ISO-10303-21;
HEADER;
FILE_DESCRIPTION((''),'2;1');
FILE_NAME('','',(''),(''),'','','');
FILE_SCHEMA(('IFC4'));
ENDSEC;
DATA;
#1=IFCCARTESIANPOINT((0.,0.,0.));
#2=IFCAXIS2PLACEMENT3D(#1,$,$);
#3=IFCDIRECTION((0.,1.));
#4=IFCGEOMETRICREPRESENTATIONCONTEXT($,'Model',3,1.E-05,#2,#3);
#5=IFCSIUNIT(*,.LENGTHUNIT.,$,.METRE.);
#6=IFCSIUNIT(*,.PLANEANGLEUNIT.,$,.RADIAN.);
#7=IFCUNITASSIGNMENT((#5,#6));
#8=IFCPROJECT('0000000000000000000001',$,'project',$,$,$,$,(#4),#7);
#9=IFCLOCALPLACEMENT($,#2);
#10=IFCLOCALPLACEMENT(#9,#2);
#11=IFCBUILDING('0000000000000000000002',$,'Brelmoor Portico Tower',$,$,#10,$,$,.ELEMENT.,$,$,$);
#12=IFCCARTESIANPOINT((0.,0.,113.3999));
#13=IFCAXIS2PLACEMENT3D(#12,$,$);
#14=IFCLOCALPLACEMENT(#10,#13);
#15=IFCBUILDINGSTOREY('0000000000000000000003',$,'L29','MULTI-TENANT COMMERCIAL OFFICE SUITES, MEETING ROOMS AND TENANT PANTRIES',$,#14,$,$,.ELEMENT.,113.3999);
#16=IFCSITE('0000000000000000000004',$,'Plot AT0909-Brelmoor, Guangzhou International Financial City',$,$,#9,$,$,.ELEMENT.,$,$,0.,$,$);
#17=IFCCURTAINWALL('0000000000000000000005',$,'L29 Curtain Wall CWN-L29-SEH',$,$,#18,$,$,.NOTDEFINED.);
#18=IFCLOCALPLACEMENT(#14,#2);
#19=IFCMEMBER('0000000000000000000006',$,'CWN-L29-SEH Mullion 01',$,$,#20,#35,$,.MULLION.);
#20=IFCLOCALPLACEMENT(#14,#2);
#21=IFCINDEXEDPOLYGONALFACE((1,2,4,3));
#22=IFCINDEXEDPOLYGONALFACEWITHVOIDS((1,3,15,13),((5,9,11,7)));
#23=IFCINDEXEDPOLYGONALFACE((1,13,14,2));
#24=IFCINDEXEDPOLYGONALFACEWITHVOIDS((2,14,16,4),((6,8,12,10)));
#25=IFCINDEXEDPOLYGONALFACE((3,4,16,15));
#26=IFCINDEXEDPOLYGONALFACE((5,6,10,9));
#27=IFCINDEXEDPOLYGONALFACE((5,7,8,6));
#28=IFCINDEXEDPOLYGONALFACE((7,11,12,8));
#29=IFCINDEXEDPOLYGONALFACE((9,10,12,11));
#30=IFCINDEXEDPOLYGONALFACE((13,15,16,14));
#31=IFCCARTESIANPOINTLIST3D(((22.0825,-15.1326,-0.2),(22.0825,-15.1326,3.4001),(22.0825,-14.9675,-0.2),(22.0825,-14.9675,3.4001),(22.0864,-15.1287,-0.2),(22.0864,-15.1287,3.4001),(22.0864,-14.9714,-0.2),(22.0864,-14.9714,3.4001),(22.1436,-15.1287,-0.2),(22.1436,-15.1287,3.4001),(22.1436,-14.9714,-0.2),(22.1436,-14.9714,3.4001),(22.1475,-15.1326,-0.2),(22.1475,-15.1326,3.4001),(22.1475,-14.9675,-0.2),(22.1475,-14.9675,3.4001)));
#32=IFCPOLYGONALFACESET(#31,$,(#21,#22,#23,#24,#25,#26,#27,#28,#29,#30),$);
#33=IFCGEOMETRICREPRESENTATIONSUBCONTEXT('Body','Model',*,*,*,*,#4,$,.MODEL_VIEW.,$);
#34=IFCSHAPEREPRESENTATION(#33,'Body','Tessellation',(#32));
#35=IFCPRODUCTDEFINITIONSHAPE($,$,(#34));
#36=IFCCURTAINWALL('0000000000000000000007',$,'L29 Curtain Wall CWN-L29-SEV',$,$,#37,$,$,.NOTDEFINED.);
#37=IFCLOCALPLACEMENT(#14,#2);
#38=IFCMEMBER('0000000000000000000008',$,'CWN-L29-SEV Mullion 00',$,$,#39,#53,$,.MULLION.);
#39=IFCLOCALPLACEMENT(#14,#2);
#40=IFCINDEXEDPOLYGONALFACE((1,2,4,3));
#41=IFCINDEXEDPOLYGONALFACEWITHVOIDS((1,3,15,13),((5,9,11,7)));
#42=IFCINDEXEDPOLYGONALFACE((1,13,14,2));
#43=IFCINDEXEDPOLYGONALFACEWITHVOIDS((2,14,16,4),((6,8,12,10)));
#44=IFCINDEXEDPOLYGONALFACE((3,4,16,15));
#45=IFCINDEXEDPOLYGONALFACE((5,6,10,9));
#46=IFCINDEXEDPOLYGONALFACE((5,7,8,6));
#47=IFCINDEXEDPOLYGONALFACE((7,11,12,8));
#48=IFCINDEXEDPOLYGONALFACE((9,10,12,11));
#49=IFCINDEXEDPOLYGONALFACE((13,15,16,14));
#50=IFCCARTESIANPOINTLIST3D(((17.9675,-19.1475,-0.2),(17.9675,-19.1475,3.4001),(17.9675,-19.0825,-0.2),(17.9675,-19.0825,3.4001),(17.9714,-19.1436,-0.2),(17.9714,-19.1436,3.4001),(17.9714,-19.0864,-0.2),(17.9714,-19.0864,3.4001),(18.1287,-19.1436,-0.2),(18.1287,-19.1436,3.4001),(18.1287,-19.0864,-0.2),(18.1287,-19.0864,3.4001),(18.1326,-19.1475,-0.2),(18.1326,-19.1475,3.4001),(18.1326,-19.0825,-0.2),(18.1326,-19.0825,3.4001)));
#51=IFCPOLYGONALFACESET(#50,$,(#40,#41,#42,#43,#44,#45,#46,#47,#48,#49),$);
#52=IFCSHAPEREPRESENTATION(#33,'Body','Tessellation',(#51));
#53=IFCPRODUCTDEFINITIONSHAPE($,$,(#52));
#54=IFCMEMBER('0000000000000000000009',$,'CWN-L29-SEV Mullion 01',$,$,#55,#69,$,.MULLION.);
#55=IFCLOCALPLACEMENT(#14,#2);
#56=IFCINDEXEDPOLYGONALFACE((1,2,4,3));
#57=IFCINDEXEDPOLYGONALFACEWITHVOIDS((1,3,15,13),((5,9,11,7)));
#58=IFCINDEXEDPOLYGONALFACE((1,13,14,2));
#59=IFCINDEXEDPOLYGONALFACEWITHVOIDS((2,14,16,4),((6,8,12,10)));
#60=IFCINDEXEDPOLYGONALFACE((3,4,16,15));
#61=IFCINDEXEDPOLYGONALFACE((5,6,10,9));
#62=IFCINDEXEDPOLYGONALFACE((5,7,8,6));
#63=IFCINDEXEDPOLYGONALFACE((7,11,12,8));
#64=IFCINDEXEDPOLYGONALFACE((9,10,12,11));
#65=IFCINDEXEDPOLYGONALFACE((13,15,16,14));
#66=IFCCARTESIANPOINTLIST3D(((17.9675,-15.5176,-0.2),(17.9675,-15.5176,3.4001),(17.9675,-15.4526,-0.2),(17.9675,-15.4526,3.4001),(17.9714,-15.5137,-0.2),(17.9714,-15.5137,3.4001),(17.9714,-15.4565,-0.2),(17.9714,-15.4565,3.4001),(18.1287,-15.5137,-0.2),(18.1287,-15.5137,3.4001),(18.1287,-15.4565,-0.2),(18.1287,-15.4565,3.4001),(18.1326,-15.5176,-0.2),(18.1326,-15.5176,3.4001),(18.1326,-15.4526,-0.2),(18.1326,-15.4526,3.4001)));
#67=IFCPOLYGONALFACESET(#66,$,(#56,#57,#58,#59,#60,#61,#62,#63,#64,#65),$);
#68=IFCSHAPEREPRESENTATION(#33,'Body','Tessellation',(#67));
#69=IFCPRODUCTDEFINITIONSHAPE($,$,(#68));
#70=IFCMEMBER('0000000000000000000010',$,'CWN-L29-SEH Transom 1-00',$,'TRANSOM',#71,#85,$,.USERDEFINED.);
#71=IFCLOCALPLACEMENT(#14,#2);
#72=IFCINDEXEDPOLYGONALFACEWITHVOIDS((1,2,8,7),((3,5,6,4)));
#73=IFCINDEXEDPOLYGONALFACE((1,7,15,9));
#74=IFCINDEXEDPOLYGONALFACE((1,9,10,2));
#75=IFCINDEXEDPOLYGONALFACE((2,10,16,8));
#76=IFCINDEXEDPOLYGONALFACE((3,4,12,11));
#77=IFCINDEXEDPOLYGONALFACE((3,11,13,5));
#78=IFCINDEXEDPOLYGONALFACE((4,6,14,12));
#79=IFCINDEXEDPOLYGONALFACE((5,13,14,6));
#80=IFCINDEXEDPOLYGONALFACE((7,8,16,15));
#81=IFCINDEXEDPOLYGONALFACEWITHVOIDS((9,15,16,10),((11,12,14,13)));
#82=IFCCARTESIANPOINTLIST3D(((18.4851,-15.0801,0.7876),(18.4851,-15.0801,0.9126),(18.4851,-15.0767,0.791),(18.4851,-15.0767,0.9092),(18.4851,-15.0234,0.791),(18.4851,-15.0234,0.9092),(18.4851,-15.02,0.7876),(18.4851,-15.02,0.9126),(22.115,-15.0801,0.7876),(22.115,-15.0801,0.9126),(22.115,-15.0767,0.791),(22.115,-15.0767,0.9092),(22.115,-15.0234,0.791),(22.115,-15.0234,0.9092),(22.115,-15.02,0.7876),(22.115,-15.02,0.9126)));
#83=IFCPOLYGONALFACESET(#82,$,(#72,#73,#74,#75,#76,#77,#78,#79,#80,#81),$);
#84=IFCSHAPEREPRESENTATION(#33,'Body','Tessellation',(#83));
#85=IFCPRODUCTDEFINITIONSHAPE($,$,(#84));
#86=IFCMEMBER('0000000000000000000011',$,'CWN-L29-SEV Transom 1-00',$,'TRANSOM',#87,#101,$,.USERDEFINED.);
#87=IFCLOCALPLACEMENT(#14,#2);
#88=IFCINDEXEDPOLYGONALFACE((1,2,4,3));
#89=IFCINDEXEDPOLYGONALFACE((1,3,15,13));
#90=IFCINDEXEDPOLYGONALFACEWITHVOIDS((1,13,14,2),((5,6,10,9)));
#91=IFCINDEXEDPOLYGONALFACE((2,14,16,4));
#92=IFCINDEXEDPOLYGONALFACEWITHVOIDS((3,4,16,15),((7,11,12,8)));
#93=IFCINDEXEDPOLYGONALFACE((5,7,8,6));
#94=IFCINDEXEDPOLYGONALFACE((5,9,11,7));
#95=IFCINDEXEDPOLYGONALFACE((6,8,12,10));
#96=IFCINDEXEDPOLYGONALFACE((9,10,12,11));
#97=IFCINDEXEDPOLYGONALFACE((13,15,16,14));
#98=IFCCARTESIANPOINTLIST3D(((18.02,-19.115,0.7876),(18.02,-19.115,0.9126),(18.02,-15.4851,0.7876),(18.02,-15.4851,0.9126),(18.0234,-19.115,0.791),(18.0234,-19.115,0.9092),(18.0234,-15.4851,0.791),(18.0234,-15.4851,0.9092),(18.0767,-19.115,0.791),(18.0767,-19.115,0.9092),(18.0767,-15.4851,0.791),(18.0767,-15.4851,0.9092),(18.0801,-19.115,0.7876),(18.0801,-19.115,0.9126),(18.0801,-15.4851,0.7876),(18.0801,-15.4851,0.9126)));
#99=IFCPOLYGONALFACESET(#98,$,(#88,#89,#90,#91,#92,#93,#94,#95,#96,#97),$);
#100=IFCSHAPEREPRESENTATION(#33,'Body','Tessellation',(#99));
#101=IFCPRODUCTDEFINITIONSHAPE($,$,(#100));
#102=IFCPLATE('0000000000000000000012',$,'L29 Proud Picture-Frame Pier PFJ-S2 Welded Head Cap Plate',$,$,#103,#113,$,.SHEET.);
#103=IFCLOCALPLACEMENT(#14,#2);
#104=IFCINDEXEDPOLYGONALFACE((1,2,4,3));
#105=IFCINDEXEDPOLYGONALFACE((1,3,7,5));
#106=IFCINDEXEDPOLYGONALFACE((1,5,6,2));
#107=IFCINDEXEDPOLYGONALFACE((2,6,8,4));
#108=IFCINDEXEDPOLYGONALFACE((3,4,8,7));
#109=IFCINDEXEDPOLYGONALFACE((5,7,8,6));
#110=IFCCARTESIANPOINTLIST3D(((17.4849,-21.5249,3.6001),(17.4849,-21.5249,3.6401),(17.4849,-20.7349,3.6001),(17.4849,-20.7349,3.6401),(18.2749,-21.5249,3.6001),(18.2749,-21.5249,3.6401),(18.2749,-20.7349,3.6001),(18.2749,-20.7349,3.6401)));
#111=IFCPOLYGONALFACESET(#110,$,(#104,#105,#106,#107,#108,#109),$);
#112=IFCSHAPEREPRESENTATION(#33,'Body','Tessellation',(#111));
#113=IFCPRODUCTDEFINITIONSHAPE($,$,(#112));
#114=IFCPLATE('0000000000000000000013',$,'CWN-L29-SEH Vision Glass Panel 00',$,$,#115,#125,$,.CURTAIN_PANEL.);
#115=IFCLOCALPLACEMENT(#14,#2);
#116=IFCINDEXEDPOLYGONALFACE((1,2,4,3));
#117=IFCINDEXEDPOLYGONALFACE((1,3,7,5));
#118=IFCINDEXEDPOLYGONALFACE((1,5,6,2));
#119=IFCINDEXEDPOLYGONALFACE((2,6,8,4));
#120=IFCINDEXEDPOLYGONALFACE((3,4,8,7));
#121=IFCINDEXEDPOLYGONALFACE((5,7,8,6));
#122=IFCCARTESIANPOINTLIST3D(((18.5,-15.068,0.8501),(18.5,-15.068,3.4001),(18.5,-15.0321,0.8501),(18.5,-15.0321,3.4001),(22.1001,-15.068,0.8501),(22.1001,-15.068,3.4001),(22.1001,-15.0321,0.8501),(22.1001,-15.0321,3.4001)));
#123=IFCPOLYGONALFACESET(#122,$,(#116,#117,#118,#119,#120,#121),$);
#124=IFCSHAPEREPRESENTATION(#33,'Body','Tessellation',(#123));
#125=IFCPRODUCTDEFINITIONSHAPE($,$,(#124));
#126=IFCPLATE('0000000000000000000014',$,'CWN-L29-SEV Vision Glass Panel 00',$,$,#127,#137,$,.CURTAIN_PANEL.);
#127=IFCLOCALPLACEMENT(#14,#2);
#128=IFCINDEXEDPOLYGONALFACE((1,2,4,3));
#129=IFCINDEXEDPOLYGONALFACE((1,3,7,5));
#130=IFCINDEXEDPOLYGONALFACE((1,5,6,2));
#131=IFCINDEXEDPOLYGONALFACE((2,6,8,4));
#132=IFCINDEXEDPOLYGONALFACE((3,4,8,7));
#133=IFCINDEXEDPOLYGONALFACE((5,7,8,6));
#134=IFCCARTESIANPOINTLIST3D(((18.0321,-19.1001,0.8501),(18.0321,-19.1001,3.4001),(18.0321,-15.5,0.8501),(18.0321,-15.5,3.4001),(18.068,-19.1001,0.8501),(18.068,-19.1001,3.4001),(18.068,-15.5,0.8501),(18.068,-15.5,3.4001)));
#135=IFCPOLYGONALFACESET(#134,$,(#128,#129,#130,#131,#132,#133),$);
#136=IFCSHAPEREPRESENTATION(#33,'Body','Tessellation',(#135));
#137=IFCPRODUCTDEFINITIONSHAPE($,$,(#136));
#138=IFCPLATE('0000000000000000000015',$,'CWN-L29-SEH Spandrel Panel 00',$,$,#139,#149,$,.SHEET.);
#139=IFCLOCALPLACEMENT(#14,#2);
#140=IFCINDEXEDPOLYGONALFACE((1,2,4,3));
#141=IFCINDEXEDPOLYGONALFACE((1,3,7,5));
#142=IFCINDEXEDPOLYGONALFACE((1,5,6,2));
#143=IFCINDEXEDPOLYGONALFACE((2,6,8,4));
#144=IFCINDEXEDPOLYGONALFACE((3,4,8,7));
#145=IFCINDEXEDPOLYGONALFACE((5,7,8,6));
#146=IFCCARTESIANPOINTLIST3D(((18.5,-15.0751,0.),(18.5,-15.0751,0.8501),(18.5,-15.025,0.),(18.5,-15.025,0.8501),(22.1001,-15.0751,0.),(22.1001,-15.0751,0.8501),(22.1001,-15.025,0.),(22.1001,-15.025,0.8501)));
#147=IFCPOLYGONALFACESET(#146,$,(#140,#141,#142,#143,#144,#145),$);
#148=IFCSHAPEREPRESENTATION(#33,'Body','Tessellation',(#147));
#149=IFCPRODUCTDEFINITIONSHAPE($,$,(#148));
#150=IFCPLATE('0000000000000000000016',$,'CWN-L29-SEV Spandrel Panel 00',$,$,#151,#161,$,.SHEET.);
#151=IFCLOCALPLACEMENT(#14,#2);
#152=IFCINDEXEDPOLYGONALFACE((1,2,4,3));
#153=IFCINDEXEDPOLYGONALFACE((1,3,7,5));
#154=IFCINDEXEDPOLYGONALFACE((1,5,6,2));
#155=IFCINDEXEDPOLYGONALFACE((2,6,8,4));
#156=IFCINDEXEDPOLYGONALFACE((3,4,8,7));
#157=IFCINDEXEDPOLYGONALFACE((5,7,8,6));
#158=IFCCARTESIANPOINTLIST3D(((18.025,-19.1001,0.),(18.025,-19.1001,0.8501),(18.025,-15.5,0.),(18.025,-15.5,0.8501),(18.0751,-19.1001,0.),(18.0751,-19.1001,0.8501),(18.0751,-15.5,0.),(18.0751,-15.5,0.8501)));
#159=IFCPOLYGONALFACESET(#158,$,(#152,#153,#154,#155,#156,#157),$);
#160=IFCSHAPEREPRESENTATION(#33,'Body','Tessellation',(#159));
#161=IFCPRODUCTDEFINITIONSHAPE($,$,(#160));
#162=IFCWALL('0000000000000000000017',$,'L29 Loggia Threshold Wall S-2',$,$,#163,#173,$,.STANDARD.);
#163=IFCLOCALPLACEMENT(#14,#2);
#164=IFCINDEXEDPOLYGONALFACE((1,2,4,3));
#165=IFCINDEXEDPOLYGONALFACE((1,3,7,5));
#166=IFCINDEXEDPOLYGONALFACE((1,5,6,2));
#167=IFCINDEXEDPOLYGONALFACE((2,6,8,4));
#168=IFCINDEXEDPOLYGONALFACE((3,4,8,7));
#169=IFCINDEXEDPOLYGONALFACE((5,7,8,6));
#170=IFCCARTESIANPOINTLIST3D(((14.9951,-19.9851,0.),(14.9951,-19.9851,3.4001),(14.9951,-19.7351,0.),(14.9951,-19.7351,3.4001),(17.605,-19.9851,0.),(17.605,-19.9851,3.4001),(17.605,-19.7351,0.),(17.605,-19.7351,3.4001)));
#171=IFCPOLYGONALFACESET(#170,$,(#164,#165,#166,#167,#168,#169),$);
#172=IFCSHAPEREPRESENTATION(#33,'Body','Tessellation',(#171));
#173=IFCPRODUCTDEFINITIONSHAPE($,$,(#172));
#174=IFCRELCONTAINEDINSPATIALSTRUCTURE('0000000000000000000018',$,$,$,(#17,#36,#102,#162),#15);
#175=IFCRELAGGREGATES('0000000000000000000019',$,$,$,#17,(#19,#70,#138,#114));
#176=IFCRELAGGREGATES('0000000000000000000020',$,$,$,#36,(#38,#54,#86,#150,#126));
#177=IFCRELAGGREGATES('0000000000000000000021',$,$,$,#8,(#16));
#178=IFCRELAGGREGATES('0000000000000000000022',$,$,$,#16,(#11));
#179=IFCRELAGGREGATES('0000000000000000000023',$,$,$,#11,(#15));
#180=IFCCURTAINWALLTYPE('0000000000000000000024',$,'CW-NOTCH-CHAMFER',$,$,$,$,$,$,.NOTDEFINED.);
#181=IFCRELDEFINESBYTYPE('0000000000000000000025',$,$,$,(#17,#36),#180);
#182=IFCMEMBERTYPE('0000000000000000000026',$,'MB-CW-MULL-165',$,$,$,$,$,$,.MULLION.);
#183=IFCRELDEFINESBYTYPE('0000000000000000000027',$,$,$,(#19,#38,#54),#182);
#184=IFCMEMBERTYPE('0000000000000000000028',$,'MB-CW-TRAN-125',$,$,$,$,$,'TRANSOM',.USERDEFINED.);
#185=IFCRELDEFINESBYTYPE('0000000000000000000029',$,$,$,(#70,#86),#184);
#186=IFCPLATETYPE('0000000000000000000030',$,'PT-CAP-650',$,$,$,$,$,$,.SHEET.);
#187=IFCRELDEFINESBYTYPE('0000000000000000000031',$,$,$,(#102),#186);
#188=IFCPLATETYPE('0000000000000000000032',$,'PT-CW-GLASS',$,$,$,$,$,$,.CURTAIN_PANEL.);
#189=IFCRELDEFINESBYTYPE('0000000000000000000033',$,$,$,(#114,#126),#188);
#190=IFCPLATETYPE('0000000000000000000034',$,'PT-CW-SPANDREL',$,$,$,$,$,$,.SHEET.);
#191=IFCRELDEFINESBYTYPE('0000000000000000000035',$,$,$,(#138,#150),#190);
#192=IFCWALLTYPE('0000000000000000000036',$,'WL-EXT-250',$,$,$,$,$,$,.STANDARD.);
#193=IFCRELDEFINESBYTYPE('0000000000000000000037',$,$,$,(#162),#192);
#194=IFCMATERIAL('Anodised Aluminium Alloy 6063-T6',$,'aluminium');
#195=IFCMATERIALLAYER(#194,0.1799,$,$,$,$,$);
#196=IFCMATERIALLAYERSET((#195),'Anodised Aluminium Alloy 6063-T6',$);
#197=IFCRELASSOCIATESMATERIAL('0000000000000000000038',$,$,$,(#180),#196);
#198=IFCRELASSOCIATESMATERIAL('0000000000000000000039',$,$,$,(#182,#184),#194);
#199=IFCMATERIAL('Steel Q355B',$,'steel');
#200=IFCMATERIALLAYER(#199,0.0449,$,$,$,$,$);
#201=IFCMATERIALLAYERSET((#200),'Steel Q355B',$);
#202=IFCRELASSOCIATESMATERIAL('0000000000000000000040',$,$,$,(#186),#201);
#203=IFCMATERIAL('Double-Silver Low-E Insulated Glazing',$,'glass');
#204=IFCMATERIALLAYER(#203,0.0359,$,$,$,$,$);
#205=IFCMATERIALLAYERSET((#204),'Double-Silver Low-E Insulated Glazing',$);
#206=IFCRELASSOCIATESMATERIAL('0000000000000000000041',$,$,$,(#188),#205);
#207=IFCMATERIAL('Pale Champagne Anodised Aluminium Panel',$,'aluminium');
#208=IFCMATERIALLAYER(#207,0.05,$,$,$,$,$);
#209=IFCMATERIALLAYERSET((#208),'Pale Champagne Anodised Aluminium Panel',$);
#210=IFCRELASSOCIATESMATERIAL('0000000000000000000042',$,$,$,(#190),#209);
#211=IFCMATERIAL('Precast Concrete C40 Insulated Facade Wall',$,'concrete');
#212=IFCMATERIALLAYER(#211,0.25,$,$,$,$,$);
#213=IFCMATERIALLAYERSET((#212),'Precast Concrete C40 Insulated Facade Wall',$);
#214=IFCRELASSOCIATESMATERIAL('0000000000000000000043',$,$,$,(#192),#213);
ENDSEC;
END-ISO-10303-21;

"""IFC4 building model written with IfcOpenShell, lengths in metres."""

from ifc_helpers import new_model, si_unit, direction, frame, frame_2d, origin, origin_2d, place, context, subcontext, project, spatial, rectangle, hollow_rectangle, extrude, material, layer, layer_set, material_profile, profile_set, type_object, element, aggregate, save


model = new_model("IFC4")

# Units and contexts
model_context = context("Model", 3, precision=1e-05, world=origin(), true_north=direction((0.0, 1.0)))
body_context = subcontext(model_context, "Body", "Model", "MODEL_VIEW")
ifc_project = project(units=[si_unit("LENGTHUNIT", "METRE"), si_unit("PLANEANGLEUNIT", "RADIAN")], contexts=[model_context])

# Site, building, storey
site_placement = place(None, origin())
site = spatial("IfcSite", under=ifc_project, at=site_placement, Name="Plot AT0909-Brelmoor, Guangzhou International Financial City", CompositionType="ELEMENT", RefElevation=0.0)
building_placement = place(site_placement, origin())
building = spatial("IfcBuilding", under=site, at=building_placement, Name="Brelmoor Portico Tower", CompositionType="ELEMENT")
storey_placement = place(building_placement, frame((0.0, 0.0, 113.3999)))
storey = spatial("IfcBuildingStorey", under=building, at=storey_placement, Name="L29", Description="MULTI-TENANT COMMERCIAL OFFICE SUITES, MEETING ROOMS AND TENANT PANTRIES", CompositionType="ELEMENT", Elevation=113.3999)

# Shared definitions
ifc_material_1 = material(Name="Steel Q355B", Category="steel")

# Curtain walls, members
ifc_material_2 = material(Name="Anodised Aluminium Alloy 6063-T6", Category="aluminium")
ifc_layer_1 = layer(ifc_material_2, 0.1799)
ifc_layer_set_1 = layer_set([ifc_layer_1], Name="Anodised Aluminium Alloy 6063-T6")
curtain_wall_type = type_object("IfcCurtainWallType", Name="CW-NOTCH-CHAMFER", PredefinedType="NOTDEFINED", material=ifc_layer_set_1)
curtain_wall_1_placement = place(storey_placement, origin())
curtain_wall_1 = element("IfcCurtainWall", 1, at=curtain_wall_1_placement, inside=storey, type_object=curtain_wall_type, Name="L29 Curtain Wall CWN-L29-SEH", PredefinedType="NOTDEFINED")
ifc_material_profile_1 = material_profile(ifc_material_2, hollow_rectangle(XDim=0.0649, YDim=0.165, WallThickness=0.0039, at=origin_2d()), Name="ALU MULLION 65x165")
ifc_profile_set_1 = profile_set([ifc_material_profile_1], Name="Anodised Aluminium Alloy 6063-T6")
member_type_1 = type_object("IfcMemberType", Name="MB-CW-MULL-165", PredefinedType="MULLION", material=ifc_profile_set_1)
member_1_placement = place(storey_placement, frame((22.115, -15.05, -0.2), z_axis=(0.0, 0.0, 1.0), x_axis=(1.0, 0.0, 0.0)))
member_1 = element("IfcMember", 2, at=member_1_placement, type_object=member_type_1, Name="CWN-L29-SEH Mullion 01", PredefinedType="MULLION", context=body_context, shape_type="SweptSolid", body=[
    extrude(hollow_rectangle(XDim=0.0649, YDim=0.165, WallThickness=0.0039, at=origin_2d()), origin(), (0.0, 0.0, 1.0), 3.6001),
])
curtain_wall_2_placement = place(storey_placement, origin())
curtain_wall_2 = element("IfcCurtainWall", 3, at=curtain_wall_2_placement, inside=storey, type_object=curtain_wall_type, Name="L29 Curtain Wall CWN-L29-SEV", PredefinedType="NOTDEFINED")
member_2_placement = place(storey_placement, frame((18.05, -19.115, -0.2), z_axis=(0.0, 0.0, 1.0), x_axis=(0.0, 1.0, 0.0)))
member_2 = element("IfcMember", 4, at=member_2_placement, type_object=member_type_1, Name="CWN-L29-SEV Mullion 00", PredefinedType="MULLION", context=body_context, shape_type="SweptSolid", body=[
    extrude(hollow_rectangle(XDim=0.0649, YDim=0.165, WallThickness=0.0039, at=origin_2d()), origin(), (0.0, 0.0, 1.0), 3.6001),
])
member_3_placement = place(storey_placement, frame((18.05, -15.4851, -0.2), z_axis=(0.0, 0.0, 1.0), x_axis=(0.0, 1.0, 0.0)))
member_3 = element("IfcMember", 5, at=member_3_placement, type_object=member_type_1, Name="CWN-L29-SEV Mullion 01", PredefinedType="MULLION", context=body_context, shape_type="SweptSolid", body=[
    extrude(hollow_rectangle(XDim=0.0649, YDim=0.165, WallThickness=0.0039, at=origin_2d()), origin(), (0.0, 0.0, 1.0), 3.6001),
])

# Members
ifc_material_profile_2 = material_profile(ifc_material_2, hollow_rectangle(XDim=0.0601, YDim=0.125, WallThickness=0.0034, at=origin_2d()), Name="ALU TRANSOM 60x125")
ifc_profile_set_2 = profile_set([ifc_material_profile_2], Name="Anodised Aluminium Alloy 6063-T6")
member_type_2 = type_object("IfcMemberType", Name="MB-CW-TRAN-125", ElementType="TRANSOM", PredefinedType="USERDEFINED", material=ifc_profile_set_2)
member_4_placement = place(storey_placement, frame((18.4851, -15.05, 0.8501), z_axis=(1.0, 0.0, 0.0), x_axis=(0.0, 1.0, 0.0)))
member_4 = element("IfcMember", 6, at=member_4_placement, type_object=member_type_2, Name="CWN-L29-SEH Transom 1-00", ObjectType="TRANSOM", PredefinedType="USERDEFINED", context=body_context, shape_type="SweptSolid", body=[
    extrude(hollow_rectangle(XDim=0.0601, YDim=0.125, WallThickness=0.0034, at=origin_2d()), origin(), (0.0, 0.0, 1.0), 3.6299),
])
member_5_placement = place(storey_placement, frame((18.05, -19.115, 0.8501), z_axis=(0.0, 1.0, 0.0), x_axis=(-1.0, 0.0, 0.0)))
member_5 = element("IfcMember", 7, at=member_5_placement, type_object=member_type_2, Name="CWN-L29-SEV Transom 1-00", ObjectType="TRANSOM", PredefinedType="USERDEFINED", context=body_context, shape_type="SweptSolid", body=[
    extrude(hollow_rectangle(XDim=0.0601, YDim=0.125, WallThickness=0.0034, at=origin_2d()), origin(), (0.0, 0.0, 1.0), 3.6299),
])

# Plates
ifc_layer_2 = layer(ifc_material_1, 0.0449)
ifc_layer_set_2 = layer_set([ifc_layer_2], Name="Steel Q355B")
plate_type_1 = type_object("IfcPlateType", Name="PT-CAP-650", PredefinedType="SHEET", material=ifc_layer_set_2)
plate_1_placement = place(storey_placement, frame((17.8799, -21.1299, 3.6001), z_axis=(0.0, 0.0, 1.0), x_axis=(1.0, 0.0, 0.0)))
element("IfcPlate", 8, at=plate_1_placement, inside=storey, type_object=plate_type_1, Name="L29 Proud Picture-Frame Pier PFJ-S2 Welded Head Cap Plate", PredefinedType="SHEET", context=body_context, shape_type="SweptSolid", body=[
    extrude(rectangle(XDim=0.79, YDim=0.79, at=origin_2d()), origin(), (0.0, 0.0, 1.0), 0.04),
])
ifc_material_3 = material(Name="Double-Silver Low-E Insulated Glazing", Category="glass")
ifc_layer_3 = layer(ifc_material_3, 0.0359)
ifc_layer_set_3 = layer_set([ifc_layer_3], Name="Double-Silver Low-E Insulated Glazing")
plate_type_2 = type_object("IfcPlateType", Name="PT-CW-GLASS", PredefinedType="CURTAIN_PANEL", material=ifc_layer_set_3)
plate_2_placement = place(storey_placement, frame((20.3, -15.05, 0.8501), z_axis=(0.0, 0.0, 1.0), x_axis=(1.0, 0.0, 0.0)))
plate_2 = element("IfcPlate", 9, at=plate_2_placement, type_object=plate_type_2, Name="CWN-L29-SEH Vision Glass Panel 00", PredefinedType="CURTAIN_PANEL", context=body_context, shape_type="SweptSolid", body=[
    extrude(rectangle(XDim=3.6001, YDim=0.0359, at=origin_2d()), origin(), (0.0, 0.0, 1.0), 2.55),
])
plate_3_placement = place(storey_placement, frame((18.05, -17.3, 0.8501), z_axis=(0.0, 0.0, 1.0), x_axis=(0.0, 1.0, 0.0)))
plate_3 = element("IfcPlate", 10, at=plate_3_placement, type_object=plate_type_2, Name="CWN-L29-SEV Vision Glass Panel 00", PredefinedType="CURTAIN_PANEL", context=body_context, shape_type="SweptSolid", body=[
    extrude(rectangle(XDim=3.6001, YDim=0.0359, at=origin_2d()), origin(), (0.0, 0.0, 1.0), 2.55),
])
ifc_material_4 = material(Name="Pale Champagne Anodised Aluminium Panel", Category="aluminium")
ifc_layer_4 = layer(ifc_material_4, 0.05)
ifc_layer_set_4 = layer_set([ifc_layer_4], Name="Pale Champagne Anodised Aluminium Panel")
plate_type_3 = type_object("IfcPlateType", Name="PT-CW-SPANDREL", PredefinedType="SHEET", material=ifc_layer_set_4)
plate_4_placement = place(storey_placement, frame((20.3, -15.05, 0.0), z_axis=(0.0, 0.0, 1.0), x_axis=(1.0, 0.0, 0.0)))
plate_4 = element("IfcPlate", 11, at=plate_4_placement, type_object=plate_type_3, Name="CWN-L29-SEH Spandrel Panel 00", PredefinedType="SHEET", context=body_context, shape_type="SweptSolid", body=[
    extrude(rectangle(XDim=3.6001, YDim=0.05, at=origin_2d()), origin(), (0.0, 0.0, 1.0), 0.8501),
])
aggregate(curtain_wall_1, [member_1, member_4, plate_4, plate_2])
plate_5_placement = place(storey_placement, frame((18.05, -17.3, 0.0), z_axis=(0.0, 0.0, 1.0), x_axis=(0.0, 1.0, 0.0)))
plate_5 = element("IfcPlate", 12, at=plate_5_placement, type_object=plate_type_3, Name="CWN-L29-SEV Spandrel Panel 00", PredefinedType="SHEET", context=body_context, shape_type="SweptSolid", body=[
    extrude(rectangle(XDim=3.6001, YDim=0.05, at=origin_2d()), origin(), (0.0, 0.0, 1.0), 0.8501),
])
aggregate(curtain_wall_2, [member_2, member_3, member_5, plate_5, plate_3])

# Wall
ifc_material_5 = material(Name="Precast Concrete C40 Insulated Facade Wall", Category="concrete")
ifc_layer_5 = layer(ifc_material_5, 0.25)
ifc_layer_set_5 = layer_set([ifc_layer_5], Name="Precast Concrete C40 Insulated Facade Wall")
wall_type = type_object("IfcWallType", Name="WL-EXT-250", PredefinedType="STANDARD", material=ifc_layer_set_5)
wall_placement = place(storey_placement, frame((14.9951, -19.8601, 0.0), z_axis=(0.0, 0.0, 1.0), x_axis=(1.0, 0.0, 0.0)))
element("IfcWall", 13, at=wall_placement, inside=storey, type_object=wall_type, Name="L29 Loggia Threshold Wall S-2", PredefinedType="STANDARD", context=body_context, shape_type="SweptSolid", body=[
    extrude(rectangle(XDim=2.6099, YDim=0.25, at=frame_2d((1.3049, 0.0))), origin(), (0.0, 0.0, 1.0), 3.4001),
])

save(model, "model.ifc")
